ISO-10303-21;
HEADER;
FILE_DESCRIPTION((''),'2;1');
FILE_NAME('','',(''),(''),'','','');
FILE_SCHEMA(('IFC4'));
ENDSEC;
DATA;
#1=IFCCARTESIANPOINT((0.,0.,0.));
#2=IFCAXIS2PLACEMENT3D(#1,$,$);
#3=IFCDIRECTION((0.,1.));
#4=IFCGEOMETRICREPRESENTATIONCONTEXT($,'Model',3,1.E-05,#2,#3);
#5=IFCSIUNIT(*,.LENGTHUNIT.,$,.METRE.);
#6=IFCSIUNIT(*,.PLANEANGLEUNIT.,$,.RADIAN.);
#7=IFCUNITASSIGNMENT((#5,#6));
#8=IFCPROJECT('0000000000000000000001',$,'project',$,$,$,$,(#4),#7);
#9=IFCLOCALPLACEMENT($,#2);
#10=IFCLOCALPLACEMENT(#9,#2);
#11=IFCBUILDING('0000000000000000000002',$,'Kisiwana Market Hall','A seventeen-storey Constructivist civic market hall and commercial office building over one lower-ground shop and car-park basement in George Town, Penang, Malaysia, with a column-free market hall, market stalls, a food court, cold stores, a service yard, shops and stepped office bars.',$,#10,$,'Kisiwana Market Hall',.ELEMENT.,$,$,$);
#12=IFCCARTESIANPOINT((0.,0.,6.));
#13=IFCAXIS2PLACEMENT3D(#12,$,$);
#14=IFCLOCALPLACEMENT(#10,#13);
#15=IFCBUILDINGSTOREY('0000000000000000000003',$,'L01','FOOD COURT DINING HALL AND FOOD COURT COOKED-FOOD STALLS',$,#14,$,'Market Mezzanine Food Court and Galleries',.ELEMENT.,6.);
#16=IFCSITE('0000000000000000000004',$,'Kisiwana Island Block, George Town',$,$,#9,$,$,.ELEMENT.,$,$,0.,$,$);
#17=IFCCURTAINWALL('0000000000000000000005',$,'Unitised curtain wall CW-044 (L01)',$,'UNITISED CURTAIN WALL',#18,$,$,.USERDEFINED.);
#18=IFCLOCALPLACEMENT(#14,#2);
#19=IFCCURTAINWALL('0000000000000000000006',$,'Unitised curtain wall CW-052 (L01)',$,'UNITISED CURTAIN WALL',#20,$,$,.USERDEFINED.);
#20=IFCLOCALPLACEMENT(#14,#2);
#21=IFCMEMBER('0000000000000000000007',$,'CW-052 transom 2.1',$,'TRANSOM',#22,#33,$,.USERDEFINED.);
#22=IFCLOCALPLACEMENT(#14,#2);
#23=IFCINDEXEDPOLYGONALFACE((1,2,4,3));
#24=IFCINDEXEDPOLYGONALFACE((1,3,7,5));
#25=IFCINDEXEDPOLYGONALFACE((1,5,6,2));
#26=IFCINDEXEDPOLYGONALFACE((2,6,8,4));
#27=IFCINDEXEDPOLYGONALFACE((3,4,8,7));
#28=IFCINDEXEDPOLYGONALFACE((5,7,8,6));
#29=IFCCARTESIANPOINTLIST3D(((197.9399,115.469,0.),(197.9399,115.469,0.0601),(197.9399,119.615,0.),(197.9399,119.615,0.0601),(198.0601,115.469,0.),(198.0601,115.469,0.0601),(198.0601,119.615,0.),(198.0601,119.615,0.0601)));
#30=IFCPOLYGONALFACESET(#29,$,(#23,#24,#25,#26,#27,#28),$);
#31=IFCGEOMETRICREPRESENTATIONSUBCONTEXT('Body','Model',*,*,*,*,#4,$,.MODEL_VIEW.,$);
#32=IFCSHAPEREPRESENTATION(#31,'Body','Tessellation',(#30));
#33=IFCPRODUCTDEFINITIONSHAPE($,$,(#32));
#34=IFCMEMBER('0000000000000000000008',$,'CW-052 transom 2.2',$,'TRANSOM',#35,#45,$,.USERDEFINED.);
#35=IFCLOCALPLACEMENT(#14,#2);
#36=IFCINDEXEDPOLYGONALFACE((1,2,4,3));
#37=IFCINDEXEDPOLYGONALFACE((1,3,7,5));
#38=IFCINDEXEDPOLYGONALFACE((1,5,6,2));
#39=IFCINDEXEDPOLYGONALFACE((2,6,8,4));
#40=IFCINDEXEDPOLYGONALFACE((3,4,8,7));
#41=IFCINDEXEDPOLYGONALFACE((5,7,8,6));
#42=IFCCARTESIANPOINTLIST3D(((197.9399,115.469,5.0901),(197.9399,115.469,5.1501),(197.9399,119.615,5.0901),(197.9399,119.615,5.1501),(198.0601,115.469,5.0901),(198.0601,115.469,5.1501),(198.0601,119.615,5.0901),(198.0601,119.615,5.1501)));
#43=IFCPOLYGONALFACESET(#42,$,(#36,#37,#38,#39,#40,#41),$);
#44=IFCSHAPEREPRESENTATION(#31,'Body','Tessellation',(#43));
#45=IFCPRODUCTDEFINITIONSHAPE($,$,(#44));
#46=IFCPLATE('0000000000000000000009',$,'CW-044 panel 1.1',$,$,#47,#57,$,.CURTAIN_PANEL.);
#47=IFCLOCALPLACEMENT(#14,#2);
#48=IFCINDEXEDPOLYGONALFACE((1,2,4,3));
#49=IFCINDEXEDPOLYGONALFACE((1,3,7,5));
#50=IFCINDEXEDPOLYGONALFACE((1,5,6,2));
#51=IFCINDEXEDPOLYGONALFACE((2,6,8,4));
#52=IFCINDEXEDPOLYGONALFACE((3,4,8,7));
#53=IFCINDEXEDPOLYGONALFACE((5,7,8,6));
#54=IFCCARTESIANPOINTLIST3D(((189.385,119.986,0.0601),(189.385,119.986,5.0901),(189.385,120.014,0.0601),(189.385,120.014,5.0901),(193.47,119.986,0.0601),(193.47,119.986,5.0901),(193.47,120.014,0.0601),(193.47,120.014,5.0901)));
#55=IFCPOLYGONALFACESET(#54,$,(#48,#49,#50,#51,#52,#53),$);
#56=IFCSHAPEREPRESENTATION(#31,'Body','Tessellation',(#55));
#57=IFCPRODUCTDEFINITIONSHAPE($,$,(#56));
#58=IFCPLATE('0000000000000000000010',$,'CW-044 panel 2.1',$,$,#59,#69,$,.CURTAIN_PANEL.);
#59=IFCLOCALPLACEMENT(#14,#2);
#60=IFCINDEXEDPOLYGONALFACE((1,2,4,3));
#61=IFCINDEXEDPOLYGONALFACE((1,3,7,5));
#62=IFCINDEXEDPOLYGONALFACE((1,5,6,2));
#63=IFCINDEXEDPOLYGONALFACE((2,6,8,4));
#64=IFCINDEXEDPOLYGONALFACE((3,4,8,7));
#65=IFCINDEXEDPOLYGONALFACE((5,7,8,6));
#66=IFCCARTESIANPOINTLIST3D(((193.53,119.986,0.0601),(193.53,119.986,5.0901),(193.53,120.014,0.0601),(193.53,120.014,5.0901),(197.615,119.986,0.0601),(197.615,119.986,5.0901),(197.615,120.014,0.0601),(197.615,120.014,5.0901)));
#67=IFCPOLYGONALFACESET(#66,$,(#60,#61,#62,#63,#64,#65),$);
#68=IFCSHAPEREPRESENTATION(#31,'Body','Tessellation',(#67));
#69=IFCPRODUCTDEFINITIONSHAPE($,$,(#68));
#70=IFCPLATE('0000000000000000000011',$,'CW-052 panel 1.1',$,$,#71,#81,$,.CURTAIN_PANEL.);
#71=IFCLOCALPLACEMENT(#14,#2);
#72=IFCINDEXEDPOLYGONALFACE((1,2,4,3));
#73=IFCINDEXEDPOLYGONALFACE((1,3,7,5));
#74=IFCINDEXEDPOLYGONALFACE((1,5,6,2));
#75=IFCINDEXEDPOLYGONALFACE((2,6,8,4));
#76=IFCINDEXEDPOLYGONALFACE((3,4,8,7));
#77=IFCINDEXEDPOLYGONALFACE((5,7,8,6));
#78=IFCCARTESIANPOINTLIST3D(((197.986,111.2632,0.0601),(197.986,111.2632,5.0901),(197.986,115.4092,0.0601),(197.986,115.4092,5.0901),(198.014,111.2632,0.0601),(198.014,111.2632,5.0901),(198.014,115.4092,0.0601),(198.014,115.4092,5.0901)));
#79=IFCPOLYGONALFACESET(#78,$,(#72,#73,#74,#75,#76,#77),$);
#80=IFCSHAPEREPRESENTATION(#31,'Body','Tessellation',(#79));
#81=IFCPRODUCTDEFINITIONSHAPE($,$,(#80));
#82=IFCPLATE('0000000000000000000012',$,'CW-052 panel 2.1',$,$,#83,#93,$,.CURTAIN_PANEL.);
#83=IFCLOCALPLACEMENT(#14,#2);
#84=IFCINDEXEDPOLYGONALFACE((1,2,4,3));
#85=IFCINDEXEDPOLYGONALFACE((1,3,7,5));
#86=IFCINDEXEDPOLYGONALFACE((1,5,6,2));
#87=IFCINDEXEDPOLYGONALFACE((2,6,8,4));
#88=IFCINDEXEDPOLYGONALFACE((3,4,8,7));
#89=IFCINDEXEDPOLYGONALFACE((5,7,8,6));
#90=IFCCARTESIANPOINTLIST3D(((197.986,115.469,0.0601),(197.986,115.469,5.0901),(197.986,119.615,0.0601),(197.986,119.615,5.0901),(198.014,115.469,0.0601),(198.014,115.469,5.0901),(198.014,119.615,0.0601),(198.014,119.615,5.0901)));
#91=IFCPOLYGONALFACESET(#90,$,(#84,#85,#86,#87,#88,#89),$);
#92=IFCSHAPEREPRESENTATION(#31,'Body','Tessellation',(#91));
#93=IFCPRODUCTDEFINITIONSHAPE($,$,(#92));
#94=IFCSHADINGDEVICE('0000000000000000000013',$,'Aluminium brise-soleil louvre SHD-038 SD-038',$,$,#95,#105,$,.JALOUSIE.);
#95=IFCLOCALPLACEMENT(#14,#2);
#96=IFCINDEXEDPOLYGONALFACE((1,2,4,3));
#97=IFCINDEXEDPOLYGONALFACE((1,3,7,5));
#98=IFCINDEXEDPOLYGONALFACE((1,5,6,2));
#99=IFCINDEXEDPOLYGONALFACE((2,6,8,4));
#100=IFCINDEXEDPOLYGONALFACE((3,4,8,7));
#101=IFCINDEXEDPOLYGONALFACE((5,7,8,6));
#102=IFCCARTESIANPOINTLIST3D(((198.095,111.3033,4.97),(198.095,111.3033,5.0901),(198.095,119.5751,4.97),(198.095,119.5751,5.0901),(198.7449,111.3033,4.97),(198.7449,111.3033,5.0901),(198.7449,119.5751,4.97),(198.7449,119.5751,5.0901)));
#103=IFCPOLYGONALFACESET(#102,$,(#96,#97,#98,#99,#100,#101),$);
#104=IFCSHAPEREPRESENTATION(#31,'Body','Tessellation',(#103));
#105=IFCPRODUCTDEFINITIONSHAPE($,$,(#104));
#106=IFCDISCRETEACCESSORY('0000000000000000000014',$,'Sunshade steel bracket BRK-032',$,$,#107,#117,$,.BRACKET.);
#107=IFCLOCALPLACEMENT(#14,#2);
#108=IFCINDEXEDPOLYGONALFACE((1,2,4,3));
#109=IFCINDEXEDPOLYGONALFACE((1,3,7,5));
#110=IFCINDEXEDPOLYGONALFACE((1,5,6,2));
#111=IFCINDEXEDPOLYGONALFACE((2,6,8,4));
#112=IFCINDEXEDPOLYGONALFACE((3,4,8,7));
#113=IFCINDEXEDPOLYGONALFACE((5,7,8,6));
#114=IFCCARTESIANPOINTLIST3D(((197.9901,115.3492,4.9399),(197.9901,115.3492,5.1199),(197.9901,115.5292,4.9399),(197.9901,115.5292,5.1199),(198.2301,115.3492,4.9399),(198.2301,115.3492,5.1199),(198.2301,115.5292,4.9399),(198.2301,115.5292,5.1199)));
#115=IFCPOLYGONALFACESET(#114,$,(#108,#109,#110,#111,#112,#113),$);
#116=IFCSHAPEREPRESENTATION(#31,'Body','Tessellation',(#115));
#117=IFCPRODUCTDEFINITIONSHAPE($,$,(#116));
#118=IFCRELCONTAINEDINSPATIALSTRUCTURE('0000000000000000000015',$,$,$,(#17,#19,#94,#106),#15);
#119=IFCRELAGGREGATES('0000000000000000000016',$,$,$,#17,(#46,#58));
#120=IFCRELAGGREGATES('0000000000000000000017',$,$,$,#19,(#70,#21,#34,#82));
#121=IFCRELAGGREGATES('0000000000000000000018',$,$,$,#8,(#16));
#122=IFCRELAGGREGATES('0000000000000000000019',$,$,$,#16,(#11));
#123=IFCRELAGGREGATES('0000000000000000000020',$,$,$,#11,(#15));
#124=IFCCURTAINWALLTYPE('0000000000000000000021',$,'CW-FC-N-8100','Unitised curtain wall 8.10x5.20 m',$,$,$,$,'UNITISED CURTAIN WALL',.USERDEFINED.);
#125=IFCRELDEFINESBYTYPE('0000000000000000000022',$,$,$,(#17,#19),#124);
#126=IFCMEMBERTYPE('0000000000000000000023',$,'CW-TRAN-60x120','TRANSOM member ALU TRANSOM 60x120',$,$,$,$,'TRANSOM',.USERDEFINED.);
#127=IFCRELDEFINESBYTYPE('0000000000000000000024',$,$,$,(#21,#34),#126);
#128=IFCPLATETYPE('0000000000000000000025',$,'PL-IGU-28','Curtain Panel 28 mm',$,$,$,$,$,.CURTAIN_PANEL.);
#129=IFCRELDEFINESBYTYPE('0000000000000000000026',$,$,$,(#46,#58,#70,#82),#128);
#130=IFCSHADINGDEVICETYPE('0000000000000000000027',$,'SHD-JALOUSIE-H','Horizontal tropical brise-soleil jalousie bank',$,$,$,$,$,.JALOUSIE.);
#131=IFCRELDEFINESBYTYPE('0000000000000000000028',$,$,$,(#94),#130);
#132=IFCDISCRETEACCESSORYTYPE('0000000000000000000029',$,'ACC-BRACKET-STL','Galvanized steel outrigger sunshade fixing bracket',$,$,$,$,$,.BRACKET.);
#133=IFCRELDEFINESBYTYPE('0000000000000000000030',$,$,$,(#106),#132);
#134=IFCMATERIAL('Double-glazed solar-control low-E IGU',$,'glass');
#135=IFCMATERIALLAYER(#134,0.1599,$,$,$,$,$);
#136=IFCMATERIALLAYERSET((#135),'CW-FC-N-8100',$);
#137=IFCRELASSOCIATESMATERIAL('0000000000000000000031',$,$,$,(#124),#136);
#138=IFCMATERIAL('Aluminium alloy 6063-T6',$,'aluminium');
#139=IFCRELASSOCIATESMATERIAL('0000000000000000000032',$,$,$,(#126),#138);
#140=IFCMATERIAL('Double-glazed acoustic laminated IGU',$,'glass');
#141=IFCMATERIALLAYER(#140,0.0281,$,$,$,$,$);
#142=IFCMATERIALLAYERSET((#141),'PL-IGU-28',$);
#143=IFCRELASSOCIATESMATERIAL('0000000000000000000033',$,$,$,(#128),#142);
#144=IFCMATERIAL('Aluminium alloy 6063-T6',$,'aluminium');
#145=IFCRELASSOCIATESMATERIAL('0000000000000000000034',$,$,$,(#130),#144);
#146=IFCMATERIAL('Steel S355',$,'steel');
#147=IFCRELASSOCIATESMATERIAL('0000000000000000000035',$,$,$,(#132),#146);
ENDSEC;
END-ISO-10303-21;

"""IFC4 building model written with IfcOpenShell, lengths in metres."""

from ifc_helpers import new_model, si_unit, direction, frame, origin, origin_2d, place, context, subcontext, project, spatial, rectangle, extrude, material, layer, layer_set, material_profile, profile_set, type_object, element, aggregate, save


model = new_model("IFC4")

# Units and contexts
model_context = context("Model", 3, precision=1e-05, world=origin(), true_north=direction((0.0, 1.0)))
body_context = subcontext(model_context, "Body", "Model", "MODEL_VIEW")
ifc_project = project(units=[si_unit("LENGTHUNIT", "METRE"), si_unit("PLANEANGLEUNIT", "RADIAN")], contexts=[model_context])

# Site, building, storey
site_placement = place(None, origin())
site = spatial("IfcSite", under=ifc_project, at=site_placement, Name="Kisiwana Island Block, George Town", CompositionType="ELEMENT", RefElevation=0.0)
building_placement = place(site_placement, origin())
building = spatial("IfcBuilding", under=site, at=building_placement, Name="Kisiwana Market Hall", Description="A seventeen-storey Constructivist civic market hall and commercial office building over one lower-ground shop and car-park basement in George Town, Penang, Malaysia, with a column-free market hall, market stalls, a food court, cold stores, a service yard, shops and stepped office bars.", LongName="Kisiwana Market Hall", CompositionType="ELEMENT")
storey_placement = place(building_placement, frame((0.0, 0.0, 6.0)))
storey = spatial("IfcBuildingStorey", under=building, at=storey_placement, Name="L01", Description="FOOD COURT DINING HALL AND FOOD COURT COOKED-FOOD STALLS", LongName="Market Mezzanine Food Court and Galleries", CompositionType="ELEMENT", Elevation=6.0)

# Curtain walls
ifc_material_1 = material(Name="Double-glazed solar-control low-E IGU", Category="glass")
ifc_layer_1 = layer(ifc_material_1, 0.1599)
ifc_layer_set_1 = layer_set([ifc_layer_1], Name="CW-FC-N-8100")
curtain_wall_type = type_object("IfcCurtainWallType", Name="CW-FC-N-8100", Description="Unitised curtain wall 8.10x5.20 m", ElementType="UNITISED CURTAIN WALL", PredefinedType="USERDEFINED", material=ifc_layer_set_1)
curtain_wall_1_placement = place(storey_placement, origin())
curtain_wall_1 = element("IfcCurtainWall", 1, at=curtain_wall_1_placement, inside=storey, type_object=curtain_wall_type, Name="Unitised curtain wall CW-044 (L01)", ObjectType="UNITISED CURTAIN WALL", PredefinedType="USERDEFINED")
curtain_wall_2_placement = place(storey_placement, origin())
curtain_wall_2 = element("IfcCurtainWall", 2, at=curtain_wall_2_placement, inside=storey, type_object=curtain_wall_type, Name="Unitised curtain wall CW-052 (L01)", ObjectType="UNITISED CURTAIN WALL", PredefinedType="USERDEFINED")

# Members
ifc_material_2 = material(Name="Aluminium alloy 6063-T6", Category="aluminium")
ifc_material_profile_1 = material_profile(ifc_material_2, rectangle(XDim=0.1201, YDim=0.0601, at=origin_2d()), Name="ALU TRANSOM 60x120")
ifc_profile_set_1 = profile_set([ifc_material_profile_1], Name="Aluminium alloy 6063-T6")
member_type_1 = type_object("IfcMemberType", Name="CW-TRAN-60x120", Description="TRANSOM member ALU TRANSOM 60x120", ElementType="TRANSOM", PredefinedType="USERDEFINED", material=ifc_profile_set_1)
member_1_placement = place(storey_placement, frame((198.0, 115.469, 0.03), z_axis=(0.0, 1.0, 0.0), x_axis=(-1.0, 0.0, 0.0)))
member_1 = element("IfcMember", 3, at=member_1_placement, type_object=member_type_1, Name="CW-052 transom 2.1", ObjectType="TRANSOM", PredefinedType="USERDEFINED", context=body_context, shape_type="SweptSolid", body=[
    extrude(rectangle(XDim=0.1201, YDim=0.0601, at=origin_2d()), origin(), (0.0, 0.0, 1.0), 4.146),
])
member_2_placement = place(storey_placement, frame((198.0, 115.469, 5.1201), z_axis=(0.0, 1.0, 0.0), x_axis=(-1.0, 0.0, 0.0)))
member_2 = element("IfcMember", 4, at=member_2_placement, type_object=member_type_1, Name="CW-052 transom 2.2", ObjectType="TRANSOM", PredefinedType="USERDEFINED", context=body_context, shape_type="SweptSolid", body=[
    extrude(rectangle(XDim=0.1201, YDim=0.0601, at=origin_2d()), origin(), (0.0, 0.0, 1.0), 4.146),
])

# Plates
ifc_material_3 = material(Name="Double-glazed acoustic laminated IGU", Category="glass")
ifc_layer_2 = layer(ifc_material_3, 0.0281)
ifc_layer_set_2 = layer_set([ifc_layer_2], Name="PL-IGU-28")
plate_type = type_object("IfcPlateType", Name="PL-IGU-28", Description="Curtain Panel 28 mm", PredefinedType="CURTAIN_PANEL", material=ifc_layer_set_2)
plate_1_placement = place(storey_placement, frame((191.4275, 120.0, 0.0601), z_axis=(0.0, 0.0, 1.0), x_axis=(1.0, 0.0, 0.0)))
plate_1 = element("IfcPlate", 5, at=plate_1_placement, type_object=plate_type, Name="CW-044 panel 1.1", PredefinedType="CURTAIN_PANEL", context=body_context, shape_type="SweptSolid", body=[
    extrude(rectangle(XDim=4.085, YDim=0.0281, at=origin_2d()), origin(), (0.0, 0.0, 1.0), 5.03),
])
plate_2_placement = place(storey_placement, frame((195.5725, 120.0, 0.0601), z_axis=(0.0, 0.0, 1.0), x_axis=(1.0, 0.0, 0.0)))
plate_2 = element("IfcPlate", 6, at=plate_2_placement, type_object=plate_type, Name="CW-044 panel 2.1", PredefinedType="CURTAIN_PANEL", context=body_context, shape_type="SweptSolid", body=[
    extrude(rectangle(XDim=4.085, YDim=0.0281, at=origin_2d()), origin(), (0.0, 0.0, 1.0), 5.03),
])
aggregate(curtain_wall_1, [plate_1, plate_2])
plate_3_placement = place(storey_placement, frame((198.0, 113.3362, 0.0601), z_axis=(0.0, 0.0, 1.0), x_axis=(0.0, 1.0, 0.0)))
plate_3 = element("IfcPlate", 7, at=plate_3_placement, type_object=plate_type, Name="CW-052 panel 1.1", PredefinedType="CURTAIN_PANEL", context=body_context, shape_type="SweptSolid", body=[
    extrude(rectangle(XDim=4.146, YDim=0.0281, at=origin_2d()), origin(), (0.0, 0.0, 1.0), 5.03),
])
plate_4_placement = place(storey_placement, frame((198.0, 117.542, 0.0601), z_axis=(0.0, 0.0, 1.0), x_axis=(0.0, 1.0, 0.0)))
plate_4 = element("IfcPlate", 8, at=plate_4_placement, type_object=plate_type, Name="CW-052 panel 2.1", PredefinedType="CURTAIN_PANEL", context=body_context, shape_type="SweptSolid", body=[
    extrude(rectangle(XDim=4.146, YDim=0.0281, at=origin_2d()), origin(), (0.0, 0.0, 1.0), 5.03),
])
aggregate(curtain_wall_2, [plate_3, member_1, member_2, plate_4])

# Shading device
ifc_material_4 = material(Name="Aluminium alloy 6063-T6", Category="aluminium")
shading_device_type = type_object("IfcShadingDeviceType", Name="SHD-JALOUSIE-H", Description="Horizontal tropical brise-soleil jalousie bank", PredefinedType="JALOUSIE", material=ifc_material_4)
shading_device_placement = place(storey_placement, frame((198.4199, 115.4392, 4.97), z_axis=(0.0, 0.0, 1.0), x_axis=(0.0, 1.0, 0.0)))
element("IfcShadingDevice", 9, at=shading_device_placement, inside=storey, type_object=shading_device_type, Name="Aluminium brise-soleil louvre SHD-038 SD-038", PredefinedType="JALOUSIE", context=body_context, shape_type="SweptSolid", body=[
    extrude(rectangle(XDim=8.2717, YDim=0.6499, at=origin_2d()), origin(), (0.0, 0.0, 1.0), 0.1201),
])

# Discrete accessory
ifc_material_5 = material(Name="Steel S355", Category="steel")
discrete_accessory_type = type_object("IfcDiscreteAccessoryType", Name="ACC-BRACKET-STL", Description="Galvanized steel outrigger sunshade fixing bracket", PredefinedType="BRACKET", material=ifc_material_5)
discrete_accessory_placement = place(storey_placement, frame((198.1101, 115.4392, 4.9399), z_axis=(0.0, 0.0, 1.0), x_axis=(0.0, 1.0, 0.0)))
element("IfcDiscreteAccessory", 10, at=discrete_accessory_placement, inside=storey, type_object=discrete_accessory_type, Name="Sunshade steel bracket BRK-032", PredefinedType="BRACKET", context=body_context, shape_type="SweptSolid", body=[
    extrude(rectangle(XDim=0.1799, YDim=0.24, at=origin_2d()), origin(), (0.0, 0.0, 1.0), 0.1799),
])

save(model, "model.ifc")
